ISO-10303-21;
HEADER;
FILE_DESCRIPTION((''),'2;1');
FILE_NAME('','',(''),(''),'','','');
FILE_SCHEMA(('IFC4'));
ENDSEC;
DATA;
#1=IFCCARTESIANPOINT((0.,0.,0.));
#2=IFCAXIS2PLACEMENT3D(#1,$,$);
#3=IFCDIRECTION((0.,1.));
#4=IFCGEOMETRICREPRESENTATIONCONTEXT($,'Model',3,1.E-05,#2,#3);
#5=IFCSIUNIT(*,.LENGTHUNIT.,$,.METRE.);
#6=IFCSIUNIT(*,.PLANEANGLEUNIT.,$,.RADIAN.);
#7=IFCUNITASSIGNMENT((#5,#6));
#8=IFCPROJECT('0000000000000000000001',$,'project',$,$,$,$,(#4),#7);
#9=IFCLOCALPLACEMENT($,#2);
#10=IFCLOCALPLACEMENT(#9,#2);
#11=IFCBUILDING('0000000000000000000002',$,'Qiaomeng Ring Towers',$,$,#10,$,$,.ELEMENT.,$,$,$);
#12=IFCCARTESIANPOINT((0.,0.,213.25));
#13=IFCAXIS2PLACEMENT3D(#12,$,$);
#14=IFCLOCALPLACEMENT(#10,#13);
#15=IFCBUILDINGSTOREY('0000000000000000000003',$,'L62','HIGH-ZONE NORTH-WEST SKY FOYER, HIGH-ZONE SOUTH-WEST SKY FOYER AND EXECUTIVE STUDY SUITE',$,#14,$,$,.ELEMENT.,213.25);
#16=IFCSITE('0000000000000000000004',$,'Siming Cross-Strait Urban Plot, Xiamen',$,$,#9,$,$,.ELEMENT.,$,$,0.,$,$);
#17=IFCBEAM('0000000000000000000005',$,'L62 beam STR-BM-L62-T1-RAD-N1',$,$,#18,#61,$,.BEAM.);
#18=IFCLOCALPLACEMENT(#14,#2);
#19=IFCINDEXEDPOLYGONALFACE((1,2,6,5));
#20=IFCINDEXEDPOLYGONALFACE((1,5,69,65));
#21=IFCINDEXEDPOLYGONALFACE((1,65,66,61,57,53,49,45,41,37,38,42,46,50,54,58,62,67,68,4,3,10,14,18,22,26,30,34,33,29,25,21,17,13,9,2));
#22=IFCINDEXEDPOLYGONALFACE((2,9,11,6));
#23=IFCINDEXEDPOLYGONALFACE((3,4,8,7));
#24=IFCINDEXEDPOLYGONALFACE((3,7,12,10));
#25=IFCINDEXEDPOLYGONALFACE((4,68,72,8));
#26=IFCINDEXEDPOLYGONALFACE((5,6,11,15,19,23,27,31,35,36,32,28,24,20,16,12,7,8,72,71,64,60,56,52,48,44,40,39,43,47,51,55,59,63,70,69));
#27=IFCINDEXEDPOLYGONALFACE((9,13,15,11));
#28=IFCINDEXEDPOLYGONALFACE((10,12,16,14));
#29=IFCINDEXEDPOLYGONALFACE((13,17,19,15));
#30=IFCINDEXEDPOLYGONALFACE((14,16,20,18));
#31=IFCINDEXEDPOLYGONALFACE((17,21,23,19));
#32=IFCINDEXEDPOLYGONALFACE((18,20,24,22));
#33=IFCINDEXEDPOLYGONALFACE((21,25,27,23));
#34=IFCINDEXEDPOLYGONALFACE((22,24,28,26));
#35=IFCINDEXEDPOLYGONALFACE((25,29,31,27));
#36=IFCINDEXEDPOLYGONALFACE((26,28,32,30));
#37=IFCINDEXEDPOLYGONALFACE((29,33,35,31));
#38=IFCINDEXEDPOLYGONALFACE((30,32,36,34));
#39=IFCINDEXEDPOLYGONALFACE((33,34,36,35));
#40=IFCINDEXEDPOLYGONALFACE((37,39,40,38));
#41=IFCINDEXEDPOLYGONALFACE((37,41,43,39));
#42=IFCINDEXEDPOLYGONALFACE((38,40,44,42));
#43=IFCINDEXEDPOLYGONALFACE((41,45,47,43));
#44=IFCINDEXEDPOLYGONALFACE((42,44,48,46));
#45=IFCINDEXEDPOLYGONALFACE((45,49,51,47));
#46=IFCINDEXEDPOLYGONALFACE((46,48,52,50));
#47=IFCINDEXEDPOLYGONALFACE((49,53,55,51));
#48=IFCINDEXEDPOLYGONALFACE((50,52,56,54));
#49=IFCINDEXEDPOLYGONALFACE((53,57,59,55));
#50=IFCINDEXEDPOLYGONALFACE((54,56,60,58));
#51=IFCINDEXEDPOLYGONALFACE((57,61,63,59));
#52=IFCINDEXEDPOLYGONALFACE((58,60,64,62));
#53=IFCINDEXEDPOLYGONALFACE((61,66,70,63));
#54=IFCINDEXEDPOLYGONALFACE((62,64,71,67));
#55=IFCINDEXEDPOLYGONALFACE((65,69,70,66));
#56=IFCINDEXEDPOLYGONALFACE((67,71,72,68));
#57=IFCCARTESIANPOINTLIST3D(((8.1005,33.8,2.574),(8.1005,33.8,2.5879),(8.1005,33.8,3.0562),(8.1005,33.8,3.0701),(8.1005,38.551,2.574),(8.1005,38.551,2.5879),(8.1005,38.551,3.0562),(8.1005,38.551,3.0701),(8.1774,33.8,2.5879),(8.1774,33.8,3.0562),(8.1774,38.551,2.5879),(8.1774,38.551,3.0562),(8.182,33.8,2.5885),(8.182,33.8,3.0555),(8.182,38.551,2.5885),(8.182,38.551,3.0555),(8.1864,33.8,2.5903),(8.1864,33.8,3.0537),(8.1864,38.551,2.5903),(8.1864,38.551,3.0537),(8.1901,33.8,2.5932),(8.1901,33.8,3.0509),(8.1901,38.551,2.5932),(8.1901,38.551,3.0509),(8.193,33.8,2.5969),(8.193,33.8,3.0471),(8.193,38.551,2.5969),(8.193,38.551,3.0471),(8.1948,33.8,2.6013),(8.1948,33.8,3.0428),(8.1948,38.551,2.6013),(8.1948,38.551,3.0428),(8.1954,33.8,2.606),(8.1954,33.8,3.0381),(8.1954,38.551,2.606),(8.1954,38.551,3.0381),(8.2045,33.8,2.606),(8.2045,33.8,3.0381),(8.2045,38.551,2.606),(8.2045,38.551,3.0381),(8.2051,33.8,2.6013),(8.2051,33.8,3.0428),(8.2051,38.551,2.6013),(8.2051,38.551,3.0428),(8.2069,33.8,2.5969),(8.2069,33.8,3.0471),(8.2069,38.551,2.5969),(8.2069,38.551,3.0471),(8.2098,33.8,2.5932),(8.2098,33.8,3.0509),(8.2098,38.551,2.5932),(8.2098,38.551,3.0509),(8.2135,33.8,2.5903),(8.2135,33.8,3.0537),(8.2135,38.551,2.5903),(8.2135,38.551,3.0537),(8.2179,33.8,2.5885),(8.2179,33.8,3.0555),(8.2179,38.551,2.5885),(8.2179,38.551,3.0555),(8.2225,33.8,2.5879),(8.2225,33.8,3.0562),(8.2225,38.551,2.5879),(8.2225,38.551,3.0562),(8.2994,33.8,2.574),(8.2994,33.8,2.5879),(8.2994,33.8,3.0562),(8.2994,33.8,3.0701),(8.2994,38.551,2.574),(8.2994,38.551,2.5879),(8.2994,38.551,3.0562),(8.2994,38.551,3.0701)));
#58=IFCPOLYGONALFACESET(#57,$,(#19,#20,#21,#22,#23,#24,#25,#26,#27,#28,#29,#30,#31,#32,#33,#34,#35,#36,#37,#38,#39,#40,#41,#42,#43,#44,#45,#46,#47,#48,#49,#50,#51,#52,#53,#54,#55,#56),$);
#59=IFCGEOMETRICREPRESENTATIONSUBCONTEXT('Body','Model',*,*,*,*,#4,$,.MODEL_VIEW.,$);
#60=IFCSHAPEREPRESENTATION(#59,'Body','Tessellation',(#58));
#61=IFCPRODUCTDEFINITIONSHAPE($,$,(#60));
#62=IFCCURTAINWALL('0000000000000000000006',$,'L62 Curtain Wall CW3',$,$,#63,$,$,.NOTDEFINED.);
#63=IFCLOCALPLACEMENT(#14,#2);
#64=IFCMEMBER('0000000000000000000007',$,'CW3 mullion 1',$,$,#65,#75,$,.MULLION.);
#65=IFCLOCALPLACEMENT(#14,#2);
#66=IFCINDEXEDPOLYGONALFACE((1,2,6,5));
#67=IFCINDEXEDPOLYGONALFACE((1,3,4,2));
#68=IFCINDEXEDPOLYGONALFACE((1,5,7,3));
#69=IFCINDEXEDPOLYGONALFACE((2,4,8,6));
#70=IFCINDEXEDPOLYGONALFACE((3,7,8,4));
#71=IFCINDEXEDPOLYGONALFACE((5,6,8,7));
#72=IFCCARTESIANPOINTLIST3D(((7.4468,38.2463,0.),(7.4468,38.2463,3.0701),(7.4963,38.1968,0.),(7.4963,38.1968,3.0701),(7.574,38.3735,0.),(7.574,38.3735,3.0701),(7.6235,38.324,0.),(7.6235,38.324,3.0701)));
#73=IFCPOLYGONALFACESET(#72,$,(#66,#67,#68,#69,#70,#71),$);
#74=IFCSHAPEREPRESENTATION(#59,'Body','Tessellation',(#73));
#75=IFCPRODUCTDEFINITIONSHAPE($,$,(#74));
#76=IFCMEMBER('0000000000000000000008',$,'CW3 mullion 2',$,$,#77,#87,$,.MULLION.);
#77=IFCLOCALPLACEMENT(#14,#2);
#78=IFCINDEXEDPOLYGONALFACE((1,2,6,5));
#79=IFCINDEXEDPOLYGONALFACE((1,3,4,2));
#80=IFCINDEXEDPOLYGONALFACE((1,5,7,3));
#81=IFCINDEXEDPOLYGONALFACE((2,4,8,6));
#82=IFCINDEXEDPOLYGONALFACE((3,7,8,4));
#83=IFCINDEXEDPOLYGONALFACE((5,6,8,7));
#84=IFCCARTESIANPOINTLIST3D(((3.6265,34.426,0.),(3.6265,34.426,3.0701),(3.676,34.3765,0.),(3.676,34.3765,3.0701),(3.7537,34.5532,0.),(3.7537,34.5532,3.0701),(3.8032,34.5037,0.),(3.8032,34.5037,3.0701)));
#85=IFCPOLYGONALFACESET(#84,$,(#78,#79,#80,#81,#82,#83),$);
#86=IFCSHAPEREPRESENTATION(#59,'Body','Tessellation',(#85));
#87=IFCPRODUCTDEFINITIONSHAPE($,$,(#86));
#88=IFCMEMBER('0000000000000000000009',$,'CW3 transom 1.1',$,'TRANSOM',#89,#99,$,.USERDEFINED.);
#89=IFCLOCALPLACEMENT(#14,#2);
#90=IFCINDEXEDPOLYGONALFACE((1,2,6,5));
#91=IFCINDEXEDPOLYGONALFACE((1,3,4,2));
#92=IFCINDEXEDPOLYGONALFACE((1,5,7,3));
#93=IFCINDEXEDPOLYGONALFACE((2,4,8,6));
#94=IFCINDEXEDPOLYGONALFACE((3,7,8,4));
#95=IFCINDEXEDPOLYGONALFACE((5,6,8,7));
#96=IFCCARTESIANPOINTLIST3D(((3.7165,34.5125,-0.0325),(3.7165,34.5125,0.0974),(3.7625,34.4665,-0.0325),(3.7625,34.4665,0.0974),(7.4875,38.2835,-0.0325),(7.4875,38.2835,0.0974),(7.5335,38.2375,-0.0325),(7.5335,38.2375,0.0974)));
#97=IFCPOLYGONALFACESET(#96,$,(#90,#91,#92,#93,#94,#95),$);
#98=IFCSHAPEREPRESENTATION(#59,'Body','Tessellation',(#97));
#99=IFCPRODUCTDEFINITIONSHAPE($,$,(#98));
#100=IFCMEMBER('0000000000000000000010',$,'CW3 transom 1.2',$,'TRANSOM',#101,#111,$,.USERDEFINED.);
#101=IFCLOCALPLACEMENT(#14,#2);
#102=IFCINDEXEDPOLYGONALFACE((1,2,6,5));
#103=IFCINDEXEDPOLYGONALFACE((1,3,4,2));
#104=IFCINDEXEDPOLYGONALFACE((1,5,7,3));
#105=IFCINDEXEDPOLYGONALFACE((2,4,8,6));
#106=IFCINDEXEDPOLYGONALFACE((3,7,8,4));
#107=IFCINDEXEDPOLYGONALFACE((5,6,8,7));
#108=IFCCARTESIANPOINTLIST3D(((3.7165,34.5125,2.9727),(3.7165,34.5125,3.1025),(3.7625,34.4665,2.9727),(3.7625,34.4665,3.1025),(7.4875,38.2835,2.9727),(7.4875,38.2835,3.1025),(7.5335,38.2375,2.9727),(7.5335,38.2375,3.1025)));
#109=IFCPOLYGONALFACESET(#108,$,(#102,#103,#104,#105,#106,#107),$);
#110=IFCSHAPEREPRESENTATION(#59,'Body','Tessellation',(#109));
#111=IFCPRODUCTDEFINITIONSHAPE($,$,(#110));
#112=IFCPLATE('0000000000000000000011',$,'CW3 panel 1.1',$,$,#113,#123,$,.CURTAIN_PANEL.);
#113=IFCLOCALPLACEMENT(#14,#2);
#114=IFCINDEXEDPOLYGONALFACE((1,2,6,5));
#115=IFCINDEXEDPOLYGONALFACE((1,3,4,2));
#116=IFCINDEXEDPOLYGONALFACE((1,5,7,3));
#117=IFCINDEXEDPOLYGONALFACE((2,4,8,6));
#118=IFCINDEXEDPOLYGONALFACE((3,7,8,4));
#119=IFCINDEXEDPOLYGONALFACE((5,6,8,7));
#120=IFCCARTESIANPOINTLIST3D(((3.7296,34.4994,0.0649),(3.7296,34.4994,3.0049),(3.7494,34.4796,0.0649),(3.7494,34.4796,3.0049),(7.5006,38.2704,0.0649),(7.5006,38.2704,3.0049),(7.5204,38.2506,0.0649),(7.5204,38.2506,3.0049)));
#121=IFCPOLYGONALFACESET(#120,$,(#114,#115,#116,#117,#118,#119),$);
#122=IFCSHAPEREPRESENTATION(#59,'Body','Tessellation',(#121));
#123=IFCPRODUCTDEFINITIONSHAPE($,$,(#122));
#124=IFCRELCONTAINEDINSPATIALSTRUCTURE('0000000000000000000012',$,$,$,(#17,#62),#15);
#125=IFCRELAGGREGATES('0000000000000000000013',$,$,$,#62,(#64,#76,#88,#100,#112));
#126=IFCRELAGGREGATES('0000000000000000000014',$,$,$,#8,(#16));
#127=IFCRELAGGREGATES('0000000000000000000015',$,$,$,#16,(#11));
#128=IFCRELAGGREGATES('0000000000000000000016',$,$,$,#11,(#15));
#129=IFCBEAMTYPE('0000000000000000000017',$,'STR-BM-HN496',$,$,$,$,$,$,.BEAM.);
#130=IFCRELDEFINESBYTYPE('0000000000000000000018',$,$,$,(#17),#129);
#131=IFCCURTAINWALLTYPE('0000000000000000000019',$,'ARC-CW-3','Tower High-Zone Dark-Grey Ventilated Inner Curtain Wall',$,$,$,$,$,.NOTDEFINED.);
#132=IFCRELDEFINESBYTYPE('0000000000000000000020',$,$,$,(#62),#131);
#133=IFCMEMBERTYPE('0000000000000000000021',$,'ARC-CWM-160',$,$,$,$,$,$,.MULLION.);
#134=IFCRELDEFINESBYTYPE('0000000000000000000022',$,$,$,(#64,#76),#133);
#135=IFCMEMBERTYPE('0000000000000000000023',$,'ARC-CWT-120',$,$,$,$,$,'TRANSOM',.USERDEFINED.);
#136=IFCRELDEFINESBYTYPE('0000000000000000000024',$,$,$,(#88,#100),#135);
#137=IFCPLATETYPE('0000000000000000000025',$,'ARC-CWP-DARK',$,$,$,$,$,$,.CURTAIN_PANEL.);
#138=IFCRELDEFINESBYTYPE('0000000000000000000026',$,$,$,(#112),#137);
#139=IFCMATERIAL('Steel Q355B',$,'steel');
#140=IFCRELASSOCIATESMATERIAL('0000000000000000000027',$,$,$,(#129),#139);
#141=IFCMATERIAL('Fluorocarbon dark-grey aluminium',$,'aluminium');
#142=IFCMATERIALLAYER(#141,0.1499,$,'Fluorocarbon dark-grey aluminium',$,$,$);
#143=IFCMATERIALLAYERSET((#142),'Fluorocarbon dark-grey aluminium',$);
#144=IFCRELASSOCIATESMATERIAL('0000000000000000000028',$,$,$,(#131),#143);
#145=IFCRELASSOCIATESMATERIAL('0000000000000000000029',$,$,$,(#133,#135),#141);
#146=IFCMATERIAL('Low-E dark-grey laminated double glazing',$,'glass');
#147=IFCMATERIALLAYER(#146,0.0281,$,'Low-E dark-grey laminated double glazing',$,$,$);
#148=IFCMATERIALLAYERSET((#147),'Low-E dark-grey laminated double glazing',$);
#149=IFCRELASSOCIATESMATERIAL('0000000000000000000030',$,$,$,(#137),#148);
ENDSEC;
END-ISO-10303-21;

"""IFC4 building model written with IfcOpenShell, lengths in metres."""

from ifc_helpers import new_model, si_unit, direction, frame, origin, origin_2d, place, context, subcontext, project, spatial, rectangle, i_section, extrude, source, transform, mapped, material, layer, layer_set, material_profile, profile_set, type_object, element, aggregate, save


model = new_model("IFC4")

# Units and contexts
model_context = context("Model", 3, precision=1e-05, world=origin(), true_north=direction((0.0, 1.0)))
body_context = subcontext(model_context, "Body", "Model", "MODEL_VIEW")
ifc_project = project(units=[si_unit("LENGTHUNIT", "METRE"), si_unit("PLANEANGLEUNIT", "RADIAN")], contexts=[model_context])

# Site, building, storey
site_placement = place(None, origin())
site = spatial("IfcSite", under=ifc_project, at=site_placement, Name="Siming Cross-Strait Urban Plot, Xiamen", CompositionType="ELEMENT", RefElevation=0.0)
building_placement = place(site_placement, origin())
building = spatial("IfcBuilding", under=site, at=building_placement, Name="Qiaomeng Ring Towers", CompositionType="ELEMENT")
storey_placement = place(building_placement, frame((0.0, 0.0, 213.25)))
storey = spatial("IfcBuildingStorey", under=building, at=storey_placement, Name="L62", Description="HIGH-ZONE NORTH-WEST SKY FOYER, HIGH-ZONE SOUTH-WEST SKY FOYER AND EXECUTIVE STUDY SUITE", CompositionType="ELEMENT", Elevation=213.25)

# Beam
ifc_material_1 = material(Name="Steel Q355B", Category="steel")
ifc_material_profile_1 = material_profile(ifc_material_1, i_section(OverallWidth=0.199, OverallDepth=0.4961, WebThickness=0.009, FlangeThickness=0.0139, FilletRadius=0.0181, at=origin_2d()), Name="HN 496x199x9x14")
ifc_profile_set_1 = profile_set([ifc_material_profile_1], Name="Steel Q355B")
beam_type_1 = type_object("IfcBeamType", Name="STR-BM-HN496", PredefinedType="BEAM", material=ifc_profile_set_1)
shared_shape_1 = source(origin(), body_context, "Body", "SweptSolid", [
    extrude(i_section(OverallWidth=0.199, OverallDepth=0.4961, WebThickness=0.009, FlangeThickness=0.0139, FilletRadius=0.0181, at=origin_2d()), origin(), (0.0, 0.0, 1.0), 4.751),
])
beam_1_placement = place(storey_placement, frame((8.2, 38.551, 2.822), z_axis=(0.0, -1.0, 0.0), x_axis=(1.0, 0.0, 0.0)))
element("IfcBeam", 1, at=beam_1_placement, inside=storey, type_object=beam_type_1, Name="L62 beam STR-BM-L62-T1-RAD-N1", PredefinedType="BEAM", context=body_context, shape_type="MappedRepresentation", body=[
    mapped(shared_shape_1, transform((0.0, 0.0, 0.0), x_axis=(1.0, 0.0, 0.0), y_axis=(0.0, 1.0, 0.0), z_axis=(0.0, 0.0, 1.0), scale=1.0)),
])

# Curtain wall, members, plate
ifc_material_2 = material(Name="Fluorocarbon dark-grey aluminium", Category="aluminium")
ifc_layer_1 = layer(ifc_material_2, 0.1499, Name="Fluorocarbon dark-grey aluminium")
ifc_layer_set_1 = layer_set([ifc_layer_1], Name="Fluorocarbon dark-grey aluminium")
curtain_wall_type = type_object("IfcCurtainWallType", Name="ARC-CW-3", Description="Tower High-Zone Dark-Grey Ventilated Inner Curtain Wall", PredefinedType="NOTDEFINED", material=ifc_layer_set_1)
curtain_wall_placement = place(storey_placement, origin())
curtain_wall = element("IfcCurtainWall", 2, at=curtain_wall_placement, inside=storey, type_object=curtain_wall_type, Name="L62 Curtain Wall CW3", PredefinedType="NOTDEFINED")
ifc_material_profile_2 = material_profile(ifc_material_2, rectangle(XDim=0.0701, YDim=0.1799, at=origin_2d()), Name="ALU MULL 70x180")
ifc_profile_set_2 = profile_set([ifc_material_profile_2], Name="Fluorocarbon dark-grey aluminium")
member_type_1 = type_object("IfcMemberType", Name="ARC-CWM-160", PredefinedType="MULLION", material=ifc_profile_set_2)
shared_shape_2 = source(origin(), body_context, "Body", "SweptSolid", [
    extrude(rectangle(XDim=0.0701, YDim=0.1799, at=origin_2d()), origin(), (0.0, 0.0, 1.0), 3.0701),
])
member_1_placement = place(storey_placement, frame((7.5352, 38.2852, 0.0), z_axis=(0.0, 0.0, 1.0), x_axis=(0.707107, -0.707107, 0.0)))
member_1 = element("IfcMember", 3, at=member_1_placement, type_object=member_type_1, Name="CW3 mullion 1", PredefinedType="MULLION", context=body_context, shape_type="MappedRepresentation", body=[
    mapped(shared_shape_2, transform((0.0, 0.0, 0.0), x_axis=(1.0, 0.0, 0.0), y_axis=(0.0, 1.0, 0.0), z_axis=(0.0, 0.0, 1.0), scale=1.0)),
])
member_2_placement = place(storey_placement, frame((3.7148, 34.4648, 0.0), z_axis=(0.0, 0.0, 1.0), x_axis=(0.707107, -0.707107, 0.0)))
member_2 = element("IfcMember", 4, at=member_2_placement, type_object=member_type_1, Name="CW3 mullion 2", PredefinedType="MULLION", context=body_context, shape_type="MappedRepresentation", body=[
    mapped(shared_shape_2, transform((0.0, 0.0, 0.0), x_axis=(1.0, 0.0, 0.0), y_axis=(0.0, 1.0, 0.0), z_axis=(0.0, 0.0, 1.0), scale=1.0)),
])
ifc_material_profile_3 = material_profile(ifc_material_2, rectangle(XDim=0.0649, YDim=0.1299, at=origin_2d()), Name="ALU TRAN 65x130")
ifc_profile_set_3 = profile_set([ifc_material_profile_3], Name="Fluorocarbon dark-grey aluminium")
member_type_2 = type_object("IfcMemberType", Name="ARC-CWT-120", ElementType="TRANSOM", PredefinedType="USERDEFINED", material=ifc_profile_set_3)
shared_shape_3 = source(origin(), body_context, "Body", "SweptSolid", [
    extrude(rectangle(XDim=0.0649, YDim=0.1299, at=origin_2d()), origin(), (0.0, 0.0, 1.0), 5.333),
])
member_3_placement = place(storey_placement, frame((7.5105, 38.2605, 0.0325), z_axis=(-0.707107, -0.707107, 0.0), x_axis=(0.707107, -0.707107, 0.0)))
member_3 = element("IfcMember", 5, at=member_3_placement, type_object=member_type_2, Name="CW3 transom 1.1", ObjectType="TRANSOM", PredefinedType="USERDEFINED", context=body_context, shape_type="MappedRepresentation", body=[
    mapped(shared_shape_3, transform((0.0, 0.0, 0.0), x_axis=(1.0, 0.0, 0.0), y_axis=(0.0, 1.0, 0.0), z_axis=(0.0, 0.0, 1.0), scale=1.0)),
])
member_4_placement = place(storey_placement, frame((7.5105, 38.2605, 3.0376), z_axis=(-0.707107, -0.707107, 0.0), x_axis=(0.707107, -0.707107, 0.0)))
member_4 = element("IfcMember", 6, at=member_4_placement, type_object=member_type_2, Name="CW3 transom 1.2", ObjectType="TRANSOM", PredefinedType="USERDEFINED", context=body_context, shape_type="MappedRepresentation", body=[
    mapped(shared_shape_3, transform((0.0, 0.0, 0.0), x_axis=(1.0, 0.0, 0.0), y_axis=(0.0, 1.0, 0.0), z_axis=(0.0, 0.0, 1.0), scale=1.0)),
])
ifc_material_3 = material(Name="Low-E dark-grey laminated double glazing", Category="glass")
ifc_layer_2 = layer(ifc_material_3, 0.0281, Name="Low-E dark-grey laminated double glazing")
ifc_layer_set_2 = layer_set([ifc_layer_2], Name="Low-E dark-grey laminated double glazing")
plate_type = type_object("IfcPlateType", Name="ARC-CWP-DARK", PredefinedType="CURTAIN_PANEL", material=ifc_layer_set_2)
shared_shape_4 = source(origin(), body_context, "Body", "SweptSolid", [
    extrude(rectangle(XDim=5.333, YDim=0.0281, at=origin_2d()), origin(), (0.0, 0.0, 1.0), 2.9399),
])
plate_placement = place(storey_placement, frame((5.625, 36.375, 0.0649), z_axis=(0.0, 0.0, 1.0), x_axis=(-0.707107, -0.707107, 0.0)))
plate = element("IfcPlate", 7, at=plate_placement, type_object=plate_type, Name="CW3 panel 1.1", PredefinedType="CURTAIN_PANEL", context=body_context, shape_type="MappedRepresentation", body=[
    mapped(shared_shape_4, transform((0.0, 0.0, 0.0), x_axis=(1.0, 0.0, 0.0), y_axis=(0.0, 1.0, 0.0), z_axis=(0.0, 0.0, 1.0), scale=1.0)),
])
aggregate(curtain_wall, [member_1, member_2, member_3, member_4, plate])

save(model, "model.ifc")
